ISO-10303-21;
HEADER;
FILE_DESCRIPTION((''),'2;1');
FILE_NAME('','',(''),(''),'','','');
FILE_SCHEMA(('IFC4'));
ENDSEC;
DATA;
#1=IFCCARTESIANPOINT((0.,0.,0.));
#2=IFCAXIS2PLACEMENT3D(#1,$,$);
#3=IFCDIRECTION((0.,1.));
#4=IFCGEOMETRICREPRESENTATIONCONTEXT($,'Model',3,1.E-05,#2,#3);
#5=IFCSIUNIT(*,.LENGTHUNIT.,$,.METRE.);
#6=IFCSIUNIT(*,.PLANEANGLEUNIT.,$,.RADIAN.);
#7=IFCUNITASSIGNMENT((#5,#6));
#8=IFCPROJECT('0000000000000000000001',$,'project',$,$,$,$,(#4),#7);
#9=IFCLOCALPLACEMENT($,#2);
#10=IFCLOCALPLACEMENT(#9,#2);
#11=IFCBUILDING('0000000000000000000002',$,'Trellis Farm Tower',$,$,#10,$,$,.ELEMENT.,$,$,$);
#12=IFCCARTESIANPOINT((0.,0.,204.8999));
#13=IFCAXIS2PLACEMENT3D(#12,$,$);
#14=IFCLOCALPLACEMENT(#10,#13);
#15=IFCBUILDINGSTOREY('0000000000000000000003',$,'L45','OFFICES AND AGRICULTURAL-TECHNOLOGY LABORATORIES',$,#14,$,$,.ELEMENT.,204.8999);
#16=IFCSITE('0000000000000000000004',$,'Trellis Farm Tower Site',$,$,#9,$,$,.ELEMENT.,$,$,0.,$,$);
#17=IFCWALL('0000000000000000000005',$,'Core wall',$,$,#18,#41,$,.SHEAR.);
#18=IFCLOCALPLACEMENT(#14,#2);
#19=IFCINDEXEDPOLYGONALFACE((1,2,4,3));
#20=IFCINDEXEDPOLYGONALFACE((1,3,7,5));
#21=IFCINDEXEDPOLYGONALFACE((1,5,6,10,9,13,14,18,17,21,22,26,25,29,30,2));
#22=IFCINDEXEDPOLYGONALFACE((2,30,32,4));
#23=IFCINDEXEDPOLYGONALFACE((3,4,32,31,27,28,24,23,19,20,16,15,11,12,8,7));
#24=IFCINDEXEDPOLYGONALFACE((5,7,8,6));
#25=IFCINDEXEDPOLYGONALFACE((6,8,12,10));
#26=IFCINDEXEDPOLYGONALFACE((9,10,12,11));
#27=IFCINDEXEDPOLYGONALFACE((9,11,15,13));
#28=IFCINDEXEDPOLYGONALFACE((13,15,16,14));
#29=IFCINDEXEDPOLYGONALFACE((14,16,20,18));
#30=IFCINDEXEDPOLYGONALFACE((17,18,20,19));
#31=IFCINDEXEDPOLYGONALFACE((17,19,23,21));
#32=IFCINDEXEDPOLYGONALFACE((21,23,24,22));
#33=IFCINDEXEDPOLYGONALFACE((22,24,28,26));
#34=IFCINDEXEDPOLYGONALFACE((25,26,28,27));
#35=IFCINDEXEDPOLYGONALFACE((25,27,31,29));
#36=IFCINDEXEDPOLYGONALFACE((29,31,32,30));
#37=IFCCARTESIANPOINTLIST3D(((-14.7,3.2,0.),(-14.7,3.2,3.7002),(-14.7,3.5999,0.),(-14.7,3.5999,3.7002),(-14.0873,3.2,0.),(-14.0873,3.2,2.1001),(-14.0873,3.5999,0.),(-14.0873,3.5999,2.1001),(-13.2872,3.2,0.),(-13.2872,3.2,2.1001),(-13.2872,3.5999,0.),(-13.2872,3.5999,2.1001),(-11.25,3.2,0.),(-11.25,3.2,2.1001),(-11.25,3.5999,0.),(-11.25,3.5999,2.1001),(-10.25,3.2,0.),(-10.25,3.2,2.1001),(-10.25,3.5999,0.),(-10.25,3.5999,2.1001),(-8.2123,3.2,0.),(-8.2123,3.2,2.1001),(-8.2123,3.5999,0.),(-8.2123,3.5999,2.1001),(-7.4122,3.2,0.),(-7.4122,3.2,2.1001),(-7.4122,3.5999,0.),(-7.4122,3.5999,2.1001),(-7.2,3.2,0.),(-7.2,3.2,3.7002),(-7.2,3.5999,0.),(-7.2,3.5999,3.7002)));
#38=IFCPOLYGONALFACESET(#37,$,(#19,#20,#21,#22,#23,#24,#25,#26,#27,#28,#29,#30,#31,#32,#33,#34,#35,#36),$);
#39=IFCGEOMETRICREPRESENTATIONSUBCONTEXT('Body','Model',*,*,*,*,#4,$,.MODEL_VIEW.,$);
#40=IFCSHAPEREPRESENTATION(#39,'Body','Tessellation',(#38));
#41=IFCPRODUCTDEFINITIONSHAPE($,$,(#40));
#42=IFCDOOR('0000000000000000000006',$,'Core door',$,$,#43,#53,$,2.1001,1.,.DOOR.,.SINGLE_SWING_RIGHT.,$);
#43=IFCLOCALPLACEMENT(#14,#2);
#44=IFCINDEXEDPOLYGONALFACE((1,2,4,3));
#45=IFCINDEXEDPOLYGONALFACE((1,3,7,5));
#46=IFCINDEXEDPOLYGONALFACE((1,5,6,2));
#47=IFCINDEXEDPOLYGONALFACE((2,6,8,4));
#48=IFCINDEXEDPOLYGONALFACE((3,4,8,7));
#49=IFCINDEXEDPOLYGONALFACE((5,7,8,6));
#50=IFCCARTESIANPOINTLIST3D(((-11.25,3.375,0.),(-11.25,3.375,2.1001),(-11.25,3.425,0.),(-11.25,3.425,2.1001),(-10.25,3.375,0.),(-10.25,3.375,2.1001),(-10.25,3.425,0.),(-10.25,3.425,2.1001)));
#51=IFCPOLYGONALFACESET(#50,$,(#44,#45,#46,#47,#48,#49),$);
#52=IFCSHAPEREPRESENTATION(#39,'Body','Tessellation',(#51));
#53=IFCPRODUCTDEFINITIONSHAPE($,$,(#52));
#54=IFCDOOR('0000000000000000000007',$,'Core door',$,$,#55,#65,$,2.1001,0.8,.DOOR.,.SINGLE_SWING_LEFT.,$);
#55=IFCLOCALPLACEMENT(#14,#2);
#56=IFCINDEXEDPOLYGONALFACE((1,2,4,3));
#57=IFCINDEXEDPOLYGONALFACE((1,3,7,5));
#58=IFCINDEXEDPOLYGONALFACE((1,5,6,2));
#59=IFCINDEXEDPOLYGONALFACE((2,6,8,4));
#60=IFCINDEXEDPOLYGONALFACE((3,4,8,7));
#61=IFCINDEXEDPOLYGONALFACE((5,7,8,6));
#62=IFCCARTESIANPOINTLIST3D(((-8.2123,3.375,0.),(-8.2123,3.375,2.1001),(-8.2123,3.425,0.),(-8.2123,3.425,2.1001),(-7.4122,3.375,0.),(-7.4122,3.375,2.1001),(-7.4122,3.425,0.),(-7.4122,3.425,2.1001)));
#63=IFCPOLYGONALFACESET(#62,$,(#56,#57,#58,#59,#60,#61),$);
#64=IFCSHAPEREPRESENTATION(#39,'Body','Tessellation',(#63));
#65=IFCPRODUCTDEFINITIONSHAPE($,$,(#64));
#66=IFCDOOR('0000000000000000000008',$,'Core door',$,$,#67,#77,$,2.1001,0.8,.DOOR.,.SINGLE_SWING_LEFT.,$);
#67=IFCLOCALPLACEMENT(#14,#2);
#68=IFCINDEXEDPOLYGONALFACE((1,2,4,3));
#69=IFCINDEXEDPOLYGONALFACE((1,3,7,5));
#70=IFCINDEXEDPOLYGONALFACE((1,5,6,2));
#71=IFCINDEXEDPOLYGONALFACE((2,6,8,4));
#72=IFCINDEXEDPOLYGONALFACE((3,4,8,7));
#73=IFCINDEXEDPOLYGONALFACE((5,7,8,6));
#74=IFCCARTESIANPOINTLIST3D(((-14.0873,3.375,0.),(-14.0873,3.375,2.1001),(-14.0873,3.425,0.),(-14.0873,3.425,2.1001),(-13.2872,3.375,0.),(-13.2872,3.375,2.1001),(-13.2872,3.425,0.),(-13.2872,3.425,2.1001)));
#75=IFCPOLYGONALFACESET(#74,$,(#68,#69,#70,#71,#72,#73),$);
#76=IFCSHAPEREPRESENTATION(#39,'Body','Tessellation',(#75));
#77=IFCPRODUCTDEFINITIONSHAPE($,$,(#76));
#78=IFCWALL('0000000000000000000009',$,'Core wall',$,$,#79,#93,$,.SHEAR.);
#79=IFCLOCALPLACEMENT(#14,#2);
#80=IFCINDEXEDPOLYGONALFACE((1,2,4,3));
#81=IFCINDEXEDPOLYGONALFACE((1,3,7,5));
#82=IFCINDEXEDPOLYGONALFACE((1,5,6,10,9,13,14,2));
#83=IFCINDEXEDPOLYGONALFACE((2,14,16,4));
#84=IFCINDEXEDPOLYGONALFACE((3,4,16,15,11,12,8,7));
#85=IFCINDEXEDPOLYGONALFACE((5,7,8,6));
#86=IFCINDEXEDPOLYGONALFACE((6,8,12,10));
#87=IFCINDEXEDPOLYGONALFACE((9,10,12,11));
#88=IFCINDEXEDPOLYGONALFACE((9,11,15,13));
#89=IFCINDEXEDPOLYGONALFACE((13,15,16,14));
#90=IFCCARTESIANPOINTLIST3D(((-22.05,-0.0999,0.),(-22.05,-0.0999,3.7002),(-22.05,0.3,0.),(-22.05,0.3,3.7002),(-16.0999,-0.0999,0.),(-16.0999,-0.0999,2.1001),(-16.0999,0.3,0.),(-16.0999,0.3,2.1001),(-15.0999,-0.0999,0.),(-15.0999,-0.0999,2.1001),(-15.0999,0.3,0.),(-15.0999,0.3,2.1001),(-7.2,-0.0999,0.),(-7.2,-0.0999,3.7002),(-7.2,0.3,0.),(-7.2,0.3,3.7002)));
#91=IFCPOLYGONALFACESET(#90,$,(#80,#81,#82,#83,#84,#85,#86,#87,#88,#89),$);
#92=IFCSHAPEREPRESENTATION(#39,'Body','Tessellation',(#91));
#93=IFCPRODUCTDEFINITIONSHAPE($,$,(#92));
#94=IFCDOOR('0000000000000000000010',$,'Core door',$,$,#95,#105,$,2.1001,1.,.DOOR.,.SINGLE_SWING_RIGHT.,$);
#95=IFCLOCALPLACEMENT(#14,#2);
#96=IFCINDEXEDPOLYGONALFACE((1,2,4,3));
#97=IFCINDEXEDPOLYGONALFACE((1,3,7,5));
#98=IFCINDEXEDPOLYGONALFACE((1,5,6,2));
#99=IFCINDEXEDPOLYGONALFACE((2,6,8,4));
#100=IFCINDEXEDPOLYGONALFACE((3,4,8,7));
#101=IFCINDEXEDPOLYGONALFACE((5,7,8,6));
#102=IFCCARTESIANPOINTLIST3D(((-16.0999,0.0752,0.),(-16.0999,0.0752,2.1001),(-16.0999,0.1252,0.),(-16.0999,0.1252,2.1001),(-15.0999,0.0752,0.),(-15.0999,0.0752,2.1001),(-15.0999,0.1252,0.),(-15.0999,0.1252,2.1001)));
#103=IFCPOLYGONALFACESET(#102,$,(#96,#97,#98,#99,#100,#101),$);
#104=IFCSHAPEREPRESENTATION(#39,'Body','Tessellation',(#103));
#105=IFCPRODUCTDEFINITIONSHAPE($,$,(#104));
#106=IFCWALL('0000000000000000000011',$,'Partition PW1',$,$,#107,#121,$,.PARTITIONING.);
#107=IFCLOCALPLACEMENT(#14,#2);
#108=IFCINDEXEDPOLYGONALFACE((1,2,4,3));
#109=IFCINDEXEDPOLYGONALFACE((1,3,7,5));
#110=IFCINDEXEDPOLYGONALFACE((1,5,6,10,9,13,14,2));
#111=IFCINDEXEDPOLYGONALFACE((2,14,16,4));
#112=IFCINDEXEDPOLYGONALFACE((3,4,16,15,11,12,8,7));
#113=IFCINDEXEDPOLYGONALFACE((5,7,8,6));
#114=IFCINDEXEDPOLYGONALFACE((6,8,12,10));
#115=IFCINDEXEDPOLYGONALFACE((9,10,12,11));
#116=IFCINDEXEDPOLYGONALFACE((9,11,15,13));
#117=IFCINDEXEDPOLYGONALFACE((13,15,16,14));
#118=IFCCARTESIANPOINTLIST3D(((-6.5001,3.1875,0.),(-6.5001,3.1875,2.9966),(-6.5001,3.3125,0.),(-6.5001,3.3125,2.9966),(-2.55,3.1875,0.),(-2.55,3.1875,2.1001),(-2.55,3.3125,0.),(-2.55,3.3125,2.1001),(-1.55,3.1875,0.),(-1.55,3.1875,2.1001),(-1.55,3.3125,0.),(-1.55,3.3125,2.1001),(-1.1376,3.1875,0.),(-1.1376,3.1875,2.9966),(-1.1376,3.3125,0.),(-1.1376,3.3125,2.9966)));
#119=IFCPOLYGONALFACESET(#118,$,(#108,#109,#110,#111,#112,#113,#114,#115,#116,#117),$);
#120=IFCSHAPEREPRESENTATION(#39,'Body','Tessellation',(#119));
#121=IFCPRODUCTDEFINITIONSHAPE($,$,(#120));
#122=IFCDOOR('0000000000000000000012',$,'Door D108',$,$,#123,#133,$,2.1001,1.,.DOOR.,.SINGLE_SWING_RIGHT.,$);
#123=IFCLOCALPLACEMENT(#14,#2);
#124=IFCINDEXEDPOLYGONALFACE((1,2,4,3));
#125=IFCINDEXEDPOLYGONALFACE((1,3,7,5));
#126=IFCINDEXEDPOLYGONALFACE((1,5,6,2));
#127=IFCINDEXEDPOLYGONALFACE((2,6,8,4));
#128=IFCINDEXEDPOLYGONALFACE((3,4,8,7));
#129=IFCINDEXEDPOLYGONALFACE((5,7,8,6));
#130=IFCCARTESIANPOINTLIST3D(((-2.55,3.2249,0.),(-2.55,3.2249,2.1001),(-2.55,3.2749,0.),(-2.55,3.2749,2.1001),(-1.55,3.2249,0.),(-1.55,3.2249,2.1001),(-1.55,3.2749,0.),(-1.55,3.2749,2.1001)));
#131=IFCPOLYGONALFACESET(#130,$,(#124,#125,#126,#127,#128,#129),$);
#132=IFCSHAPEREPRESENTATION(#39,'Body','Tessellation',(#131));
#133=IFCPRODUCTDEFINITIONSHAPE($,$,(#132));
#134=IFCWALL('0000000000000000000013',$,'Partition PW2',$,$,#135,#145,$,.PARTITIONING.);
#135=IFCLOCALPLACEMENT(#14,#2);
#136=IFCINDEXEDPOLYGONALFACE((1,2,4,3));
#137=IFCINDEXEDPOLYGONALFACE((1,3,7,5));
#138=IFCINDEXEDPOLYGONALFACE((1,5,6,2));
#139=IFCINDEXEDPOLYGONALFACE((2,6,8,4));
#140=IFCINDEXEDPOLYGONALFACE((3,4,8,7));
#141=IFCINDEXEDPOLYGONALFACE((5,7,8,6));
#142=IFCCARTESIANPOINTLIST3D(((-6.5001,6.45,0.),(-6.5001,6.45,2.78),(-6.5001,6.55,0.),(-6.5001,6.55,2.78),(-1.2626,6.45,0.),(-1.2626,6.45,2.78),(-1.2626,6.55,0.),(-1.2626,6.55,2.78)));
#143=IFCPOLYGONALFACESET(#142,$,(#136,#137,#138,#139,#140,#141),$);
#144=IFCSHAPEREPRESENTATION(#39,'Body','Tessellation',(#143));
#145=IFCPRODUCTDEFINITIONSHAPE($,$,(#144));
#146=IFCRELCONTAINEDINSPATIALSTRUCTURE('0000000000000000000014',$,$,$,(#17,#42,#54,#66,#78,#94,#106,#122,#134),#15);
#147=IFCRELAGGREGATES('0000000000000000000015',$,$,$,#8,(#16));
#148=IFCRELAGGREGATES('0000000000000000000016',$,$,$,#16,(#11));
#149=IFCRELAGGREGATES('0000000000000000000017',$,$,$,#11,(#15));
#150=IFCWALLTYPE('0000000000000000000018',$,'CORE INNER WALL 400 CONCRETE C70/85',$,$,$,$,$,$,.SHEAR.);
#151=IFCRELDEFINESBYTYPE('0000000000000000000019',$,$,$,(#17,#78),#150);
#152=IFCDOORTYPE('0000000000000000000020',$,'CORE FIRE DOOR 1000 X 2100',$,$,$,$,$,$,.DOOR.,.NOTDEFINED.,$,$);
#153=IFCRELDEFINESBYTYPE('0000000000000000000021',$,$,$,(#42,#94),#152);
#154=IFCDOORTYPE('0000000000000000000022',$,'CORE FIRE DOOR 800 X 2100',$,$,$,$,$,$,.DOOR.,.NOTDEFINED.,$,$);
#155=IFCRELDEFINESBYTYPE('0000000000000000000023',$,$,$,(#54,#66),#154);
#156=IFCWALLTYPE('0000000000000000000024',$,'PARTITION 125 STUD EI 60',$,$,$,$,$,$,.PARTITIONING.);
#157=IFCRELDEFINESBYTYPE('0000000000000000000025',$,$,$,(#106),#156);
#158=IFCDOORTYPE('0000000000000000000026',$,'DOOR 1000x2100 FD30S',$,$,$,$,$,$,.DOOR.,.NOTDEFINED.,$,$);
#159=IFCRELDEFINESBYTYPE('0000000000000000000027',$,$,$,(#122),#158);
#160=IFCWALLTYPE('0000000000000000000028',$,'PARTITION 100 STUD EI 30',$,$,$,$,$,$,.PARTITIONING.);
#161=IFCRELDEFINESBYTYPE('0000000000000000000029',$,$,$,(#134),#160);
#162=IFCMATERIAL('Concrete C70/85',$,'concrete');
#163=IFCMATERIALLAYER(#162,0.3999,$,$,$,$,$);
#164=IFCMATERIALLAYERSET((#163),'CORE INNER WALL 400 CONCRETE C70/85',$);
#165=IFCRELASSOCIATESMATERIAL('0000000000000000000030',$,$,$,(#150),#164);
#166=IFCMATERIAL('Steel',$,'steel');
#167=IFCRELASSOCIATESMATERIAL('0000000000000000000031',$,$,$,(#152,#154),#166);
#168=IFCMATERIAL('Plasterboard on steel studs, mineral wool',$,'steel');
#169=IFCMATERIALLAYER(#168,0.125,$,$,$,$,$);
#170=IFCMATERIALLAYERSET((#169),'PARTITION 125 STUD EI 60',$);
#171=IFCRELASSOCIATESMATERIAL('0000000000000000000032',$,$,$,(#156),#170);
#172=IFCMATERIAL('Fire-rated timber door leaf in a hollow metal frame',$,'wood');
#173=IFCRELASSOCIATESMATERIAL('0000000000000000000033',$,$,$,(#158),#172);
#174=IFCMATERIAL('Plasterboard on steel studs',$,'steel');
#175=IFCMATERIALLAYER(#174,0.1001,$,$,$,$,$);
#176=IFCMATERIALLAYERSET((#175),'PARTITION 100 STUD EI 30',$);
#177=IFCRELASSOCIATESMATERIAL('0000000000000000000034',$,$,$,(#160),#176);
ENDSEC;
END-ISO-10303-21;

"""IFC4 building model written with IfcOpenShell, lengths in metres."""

from ifc_helpers import new_model, si_unit, direction, frame, frame_2d, origin, place, context, subcontext, project, spatial, rectangle, extrude, source, transform, mapped, material, layer, layer_set, type_object, element, fill, save


model = new_model("IFC4")

# Units and contexts
model_context = context("Model", 3, precision=1e-05, world=origin(), true_north=direction((0.0, 1.0)))
body_context = subcontext(model_context, "Body", "Model", "MODEL_VIEW")
ifc_project = project(units=[si_unit("LENGTHUNIT", "METRE"), si_unit("PLANEANGLEUNIT", "RADIAN")], contexts=[model_context])

# Site, building, storey
site_placement = place(None, origin())
site = spatial("IfcSite", under=ifc_project, at=site_placement, Name="Trellis Farm Tower Site", CompositionType="ELEMENT", RefElevation=0.0)
building_placement = place(site_placement, origin())
building = spatial("IfcBuilding", under=site, at=building_placement, Name="Trellis Farm Tower", CompositionType="ELEMENT")
storey_placement = place(building_placement, frame((0.0, 0.0, 204.8999)))
storey = spatial("IfcBuildingStorey", under=building, at=storey_placement, Name="L45", Description="OFFICES AND AGRICULTURAL-TECHNOLOGY LABORATORIES", CompositionType="ELEMENT", Elevation=204.8999)

# Shared definitions
ifc_material_1 = material(Name="Concrete C70/85", Category="concrete")

# Shared definitions
ifc_material_2 = material(Name="Steel", Category="steel")

# Wall, openings, doors
ifc_layer_1 = layer(ifc_material_1, 0.3999)
ifc_layer_set_1 = layer_set([ifc_layer_1], Name="CORE INNER WALL 400 CONCRETE C70/85")
wall_type_1 = type_object("IfcWallType", Name="CORE INNER WALL 400 CONCRETE C70/85", PredefinedType="SHEAR", material=ifc_layer_set_1)
shared_shape_1 = source(origin(), body_context, "Body", "SweptSolid", [
    extrude(rectangle(XDim=7.5, YDim=0.3999, at=frame_2d((3.75, 0.0))), origin(), (0.0, 0.0, 1.0), 3.7002),
])
wall_1_placement = place(storey_placement, frame((-7.2, 3.3999, 0.0), z_axis=(0.0, 0.0, 1.0), x_axis=(-1.0, 0.0, 0.0)))
wall_1 = element("IfcWall", 1, at=wall_1_placement, inside=storey, type_object=wall_type_1, Name="Core wall", PredefinedType="SHEAR", context=body_context, shape_type="MappedRepresentation", body=[
    mapped(shared_shape_1, transform((0.0, 0.0, 0.0))),
])
shared_shape_2 = source(origin(), body_context, "Body", "SweptSolid", [
    extrude(rectangle(XDim=0.8, YDim=2.1001, at=frame_2d((0.3999, 1.05))), frame((0.0, 0.21, 0.0), z_axis=(0.0, -1.0, 0.0), x_axis=(1.0, 0.0, 0.0)), (0.0, 0.0, 1.0), 0.4199),
])
opening_1_placement = place(wall_1_placement, frame((0.2124, 0.0, 0.0)))
opening_1 = element("IfcOpeningElement", 2, at=opening_1_placement, cuts=wall_1, PredefinedType="OPENING", context=body_context, shape_type="MappedRepresentation", body=[
    mapped(shared_shape_2, transform((0.0, 0.0, 0.0))),
])
shared_shape_3 = source(origin(), body_context, "Body", "SweptSolid", [
    extrude(rectangle(XDim=1.0, YDim=2.1001, at=frame_2d((0.5, 1.05))), frame((0.0, 0.21, 0.0), z_axis=(0.0, -1.0, 0.0), x_axis=(1.0, 0.0, 0.0)), (0.0, 0.0, 1.0), 0.4199),
])
opening_2_placement = place(wall_1_placement, frame((3.05, 0.0, 0.0)))
opening_2 = element("IfcOpeningElement", 3, at=opening_2_placement, cuts=wall_1, PredefinedType="OPENING", context=body_context, shape_type="MappedRepresentation", body=[
    mapped(shared_shape_3, transform((0.0, 0.0, 0.0))),
])
opening_3_placement = place(wall_1_placement, frame((6.0874, 0.0, 0.0)))
opening_3 = element("IfcOpeningElement", 4, at=opening_3_placement, cuts=wall_1, PredefinedType="OPENING", context=body_context, shape_type="MappedRepresentation", body=[
    mapped(shared_shape_2, transform((0.0, 0.0, 0.0))),
])
door_type_1 = type_object("IfcDoorType", Name="CORE FIRE DOOR 1000 X 2100", OperationType="NOTDEFINED", PredefinedType="DOOR", material=ifc_material_2)
shared_shape_4 = source(origin(), body_context, "Body", "SweptSolid", [
    extrude(rectangle(XDim=1.0, YDim=2.1001, at=frame_2d((0.5, 1.05))), frame((0.0, 0.0249, 0.0), z_axis=(0.0, -1.0, 0.0), x_axis=(1.0, 0.0, 0.0)), (0.0, 0.0, 1.0), 0.05),
])
door_1_placement = place(opening_2_placement, origin())
door_1 = element("IfcDoor", 5, at=door_1_placement, inside=storey, type_object=door_type_1, Name="Core door", OperationType="SINGLE_SWING_RIGHT", OverallHeight=2.1001, OverallWidth=1.0, PredefinedType="DOOR", context=body_context, shape_type="MappedRepresentation", body=[
    mapped(shared_shape_4, transform((0.0, 0.0, 0.0))),
])
fill(opening_2, door_1)
door_type_2 = type_object("IfcDoorType", Name="CORE FIRE DOOR 800 X 2100", OperationType="NOTDEFINED", PredefinedType="DOOR", material=ifc_material_2)
shared_shape_5 = source(origin(), body_context, "Body", "SweptSolid", [
    extrude(rectangle(XDim=0.8, YDim=2.1001, at=frame_2d((0.3999, 1.05))), frame((0.0, 0.0249, 0.0), z_axis=(0.0, -1.0, 0.0), x_axis=(1.0, 0.0, 0.0)), (0.0, 0.0, 1.0), 0.05),
])
door_2_placement = place(opening_1_placement, origin())
door_2 = element("IfcDoor", 6, at=door_2_placement, inside=storey, type_object=door_type_2, Name="Core door", OperationType="SINGLE_SWING_LEFT", OverallHeight=2.1001, OverallWidth=0.8, PredefinedType="DOOR", context=body_context, shape_type="MappedRepresentation", body=[
    mapped(shared_shape_5, transform((0.0, 0.0, 0.0))),
])
fill(opening_1, door_2)
door_3_placement = place(opening_3_placement, origin())
door_3 = element("IfcDoor", 7, at=door_3_placement, inside=storey, type_object=door_type_2, Name="Core door", OperationType="SINGLE_SWING_LEFT", OverallHeight=2.1001, OverallWidth=0.8, PredefinedType="DOOR", context=body_context, shape_type="MappedRepresentation", body=[
    mapped(shared_shape_5, transform((0.0, 0.0, 0.0))),
])
fill(opening_3, door_3)

# Walls, openings, doors
shared_shape_6 = source(origin(), body_context, "Body", "SweptSolid", [
    extrude(rectangle(XDim=14.8501, YDim=0.3999, at=frame_2d((7.425, 0.0))), origin(), (0.0, 0.0, 1.0), 3.7002),
])
wall_2_placement = place(storey_placement, frame((-7.2, 0.1001, 0.0), z_axis=(0.0, 0.0, 1.0), x_axis=(-1.0, 0.0, 0.0)))
wall_2 = element("IfcWall", 8, at=wall_2_placement, inside=storey, type_object=wall_type_1, Name="Core wall", PredefinedType="SHEAR", context=body_context, shape_type="MappedRepresentation", body=[
    mapped(shared_shape_6, transform((0.0, 0.0, 0.0))),
])
opening_4_placement = place(wall_2_placement, frame((7.8999, 0.0, 0.0)))
opening_4 = element("IfcOpeningElement", 9, at=opening_4_placement, cuts=wall_2, PredefinedType="OPENING", context=body_context, shape_type="MappedRepresentation", body=[
    mapped(shared_shape_3, transform((0.0, 0.0, 0.0))),
])
door_4_placement = place(opening_4_placement, origin())
door_4 = element("IfcDoor", 10, at=door_4_placement, inside=storey, type_object=door_type_1, Name="Core door", OperationType="SINGLE_SWING_RIGHT", OverallHeight=2.1001, OverallWidth=1.0, PredefinedType="DOOR", context=body_context, shape_type="MappedRepresentation", body=[
    mapped(shared_shape_4, transform((0.0, 0.0, 0.0))),
])
fill(opening_4, door_4)
ifc_material_3 = material(Name="Plasterboard on steel studs, mineral wool", Category="steel")
ifc_layer_2 = layer(ifc_material_3, 0.125)
ifc_layer_set_2 = layer_set([ifc_layer_2], Name="PARTITION 125 STUD EI 60")
wall_type_2 = type_object("IfcWallType", Name="PARTITION 125 STUD EI 60", PredefinedType="PARTITIONING", material=ifc_layer_set_2)
shared_shape_7 = source(origin(), body_context, "Body", "SweptSolid", [
    extrude(rectangle(XDim=5.3625, YDim=0.125, at=frame_2d((2.6812, 0.0))), origin(), (0.0, 0.0, 1.0), 2.9966),
])
wall_3_placement = place(storey_placement, frame((-6.5, 3.25, 0.0), z_axis=(0.0, 0.0, 1.0), x_axis=(1.0, 0.0, 0.0)))
wall_3 = element("IfcWall", 11, at=wall_3_placement, inside=storey, type_object=wall_type_2, Name="Partition PW1", PredefinedType="PARTITIONING", context=body_context, shape_type="MappedRepresentation", body=[
    mapped(shared_shape_7, transform((0.0, 0.0, 0.0))),
])
shared_shape_8 = source(origin(), body_context, "Body", "SweptSolid", [
    extrude(rectangle(XDim=1.0, YDim=2.1001, at=frame_2d((0.5, 1.05))), frame((0.0, 0.0725, 0.0), z_axis=(0.0, -1.0, 0.0), x_axis=(1.0, 0.0, 0.0)), (0.0, 0.0, 1.0), 0.145),
])
opening_5_placement = place(wall_3_placement, frame((3.95, 0.0, 0.0)))
opening_5 = element("IfcOpeningElement", 12, at=opening_5_placement, cuts=wall_3, PredefinedType="OPENING", context=body_context, shape_type="MappedRepresentation", body=[
    mapped(shared_shape_8, transform((0.0, 0.0, 0.0))),
])
ifc_material_4 = material(Name="Fire-rated timber door leaf in a hollow metal frame", Category="wood")
door_type_3 = type_object("IfcDoorType", Name="DOOR 1000x2100 FD30S", OperationType="NOTDEFINED", PredefinedType="DOOR", material=ifc_material_4)
door_5_placement = place(opening_5_placement, origin())
door_5 = element("IfcDoor", 13, at=door_5_placement, inside=storey, type_object=door_type_3, Name="Door D108", OperationType="SINGLE_SWING_RIGHT", OverallHeight=2.1001, OverallWidth=1.0, PredefinedType="DOOR", context=body_context, shape_type="MappedRepresentation", body=[
    mapped(shared_shape_4, transform((0.0, 0.0, 0.0))),
])
fill(opening_5, door_5)

# Wall
ifc_material_5 = material(Name="Plasterboard on steel studs", Category="steel")
ifc_layer_3 = layer(ifc_material_5, 0.1001)
ifc_layer_set_3 = layer_set([ifc_layer_3], Name="PARTITION 100 STUD EI 30")
wall_type_3 = type_object("IfcWallType", Name="PARTITION 100 STUD EI 30", PredefinedType="PARTITIONING", material=ifc_layer_set_3)
shared_shape_9 = source(origin(), body_context, "Body", "SweptSolid", [
    extrude(rectangle(XDim=5.2375, YDim=0.1001, at=frame_2d((2.6187, 0.0))), origin(), (0.0, 0.0, 1.0), 2.78),
])
wall_4_placement = place(storey_placement, frame((-6.5, 6.5, 0.0), z_axis=(0.0, 0.0, 1.0), x_axis=(1.0, 0.0, 0.0)))
element("IfcWall", 14, at=wall_4_placement, inside=storey, type_object=wall_type_3, Name="Partition PW2", PredefinedType="PARTITIONING", context=body_context, shape_type="MappedRepresentation", body=[
    mapped(shared_shape_9, transform((0.0, 0.0, 0.0))),
])

save(model, "model.ifc")
